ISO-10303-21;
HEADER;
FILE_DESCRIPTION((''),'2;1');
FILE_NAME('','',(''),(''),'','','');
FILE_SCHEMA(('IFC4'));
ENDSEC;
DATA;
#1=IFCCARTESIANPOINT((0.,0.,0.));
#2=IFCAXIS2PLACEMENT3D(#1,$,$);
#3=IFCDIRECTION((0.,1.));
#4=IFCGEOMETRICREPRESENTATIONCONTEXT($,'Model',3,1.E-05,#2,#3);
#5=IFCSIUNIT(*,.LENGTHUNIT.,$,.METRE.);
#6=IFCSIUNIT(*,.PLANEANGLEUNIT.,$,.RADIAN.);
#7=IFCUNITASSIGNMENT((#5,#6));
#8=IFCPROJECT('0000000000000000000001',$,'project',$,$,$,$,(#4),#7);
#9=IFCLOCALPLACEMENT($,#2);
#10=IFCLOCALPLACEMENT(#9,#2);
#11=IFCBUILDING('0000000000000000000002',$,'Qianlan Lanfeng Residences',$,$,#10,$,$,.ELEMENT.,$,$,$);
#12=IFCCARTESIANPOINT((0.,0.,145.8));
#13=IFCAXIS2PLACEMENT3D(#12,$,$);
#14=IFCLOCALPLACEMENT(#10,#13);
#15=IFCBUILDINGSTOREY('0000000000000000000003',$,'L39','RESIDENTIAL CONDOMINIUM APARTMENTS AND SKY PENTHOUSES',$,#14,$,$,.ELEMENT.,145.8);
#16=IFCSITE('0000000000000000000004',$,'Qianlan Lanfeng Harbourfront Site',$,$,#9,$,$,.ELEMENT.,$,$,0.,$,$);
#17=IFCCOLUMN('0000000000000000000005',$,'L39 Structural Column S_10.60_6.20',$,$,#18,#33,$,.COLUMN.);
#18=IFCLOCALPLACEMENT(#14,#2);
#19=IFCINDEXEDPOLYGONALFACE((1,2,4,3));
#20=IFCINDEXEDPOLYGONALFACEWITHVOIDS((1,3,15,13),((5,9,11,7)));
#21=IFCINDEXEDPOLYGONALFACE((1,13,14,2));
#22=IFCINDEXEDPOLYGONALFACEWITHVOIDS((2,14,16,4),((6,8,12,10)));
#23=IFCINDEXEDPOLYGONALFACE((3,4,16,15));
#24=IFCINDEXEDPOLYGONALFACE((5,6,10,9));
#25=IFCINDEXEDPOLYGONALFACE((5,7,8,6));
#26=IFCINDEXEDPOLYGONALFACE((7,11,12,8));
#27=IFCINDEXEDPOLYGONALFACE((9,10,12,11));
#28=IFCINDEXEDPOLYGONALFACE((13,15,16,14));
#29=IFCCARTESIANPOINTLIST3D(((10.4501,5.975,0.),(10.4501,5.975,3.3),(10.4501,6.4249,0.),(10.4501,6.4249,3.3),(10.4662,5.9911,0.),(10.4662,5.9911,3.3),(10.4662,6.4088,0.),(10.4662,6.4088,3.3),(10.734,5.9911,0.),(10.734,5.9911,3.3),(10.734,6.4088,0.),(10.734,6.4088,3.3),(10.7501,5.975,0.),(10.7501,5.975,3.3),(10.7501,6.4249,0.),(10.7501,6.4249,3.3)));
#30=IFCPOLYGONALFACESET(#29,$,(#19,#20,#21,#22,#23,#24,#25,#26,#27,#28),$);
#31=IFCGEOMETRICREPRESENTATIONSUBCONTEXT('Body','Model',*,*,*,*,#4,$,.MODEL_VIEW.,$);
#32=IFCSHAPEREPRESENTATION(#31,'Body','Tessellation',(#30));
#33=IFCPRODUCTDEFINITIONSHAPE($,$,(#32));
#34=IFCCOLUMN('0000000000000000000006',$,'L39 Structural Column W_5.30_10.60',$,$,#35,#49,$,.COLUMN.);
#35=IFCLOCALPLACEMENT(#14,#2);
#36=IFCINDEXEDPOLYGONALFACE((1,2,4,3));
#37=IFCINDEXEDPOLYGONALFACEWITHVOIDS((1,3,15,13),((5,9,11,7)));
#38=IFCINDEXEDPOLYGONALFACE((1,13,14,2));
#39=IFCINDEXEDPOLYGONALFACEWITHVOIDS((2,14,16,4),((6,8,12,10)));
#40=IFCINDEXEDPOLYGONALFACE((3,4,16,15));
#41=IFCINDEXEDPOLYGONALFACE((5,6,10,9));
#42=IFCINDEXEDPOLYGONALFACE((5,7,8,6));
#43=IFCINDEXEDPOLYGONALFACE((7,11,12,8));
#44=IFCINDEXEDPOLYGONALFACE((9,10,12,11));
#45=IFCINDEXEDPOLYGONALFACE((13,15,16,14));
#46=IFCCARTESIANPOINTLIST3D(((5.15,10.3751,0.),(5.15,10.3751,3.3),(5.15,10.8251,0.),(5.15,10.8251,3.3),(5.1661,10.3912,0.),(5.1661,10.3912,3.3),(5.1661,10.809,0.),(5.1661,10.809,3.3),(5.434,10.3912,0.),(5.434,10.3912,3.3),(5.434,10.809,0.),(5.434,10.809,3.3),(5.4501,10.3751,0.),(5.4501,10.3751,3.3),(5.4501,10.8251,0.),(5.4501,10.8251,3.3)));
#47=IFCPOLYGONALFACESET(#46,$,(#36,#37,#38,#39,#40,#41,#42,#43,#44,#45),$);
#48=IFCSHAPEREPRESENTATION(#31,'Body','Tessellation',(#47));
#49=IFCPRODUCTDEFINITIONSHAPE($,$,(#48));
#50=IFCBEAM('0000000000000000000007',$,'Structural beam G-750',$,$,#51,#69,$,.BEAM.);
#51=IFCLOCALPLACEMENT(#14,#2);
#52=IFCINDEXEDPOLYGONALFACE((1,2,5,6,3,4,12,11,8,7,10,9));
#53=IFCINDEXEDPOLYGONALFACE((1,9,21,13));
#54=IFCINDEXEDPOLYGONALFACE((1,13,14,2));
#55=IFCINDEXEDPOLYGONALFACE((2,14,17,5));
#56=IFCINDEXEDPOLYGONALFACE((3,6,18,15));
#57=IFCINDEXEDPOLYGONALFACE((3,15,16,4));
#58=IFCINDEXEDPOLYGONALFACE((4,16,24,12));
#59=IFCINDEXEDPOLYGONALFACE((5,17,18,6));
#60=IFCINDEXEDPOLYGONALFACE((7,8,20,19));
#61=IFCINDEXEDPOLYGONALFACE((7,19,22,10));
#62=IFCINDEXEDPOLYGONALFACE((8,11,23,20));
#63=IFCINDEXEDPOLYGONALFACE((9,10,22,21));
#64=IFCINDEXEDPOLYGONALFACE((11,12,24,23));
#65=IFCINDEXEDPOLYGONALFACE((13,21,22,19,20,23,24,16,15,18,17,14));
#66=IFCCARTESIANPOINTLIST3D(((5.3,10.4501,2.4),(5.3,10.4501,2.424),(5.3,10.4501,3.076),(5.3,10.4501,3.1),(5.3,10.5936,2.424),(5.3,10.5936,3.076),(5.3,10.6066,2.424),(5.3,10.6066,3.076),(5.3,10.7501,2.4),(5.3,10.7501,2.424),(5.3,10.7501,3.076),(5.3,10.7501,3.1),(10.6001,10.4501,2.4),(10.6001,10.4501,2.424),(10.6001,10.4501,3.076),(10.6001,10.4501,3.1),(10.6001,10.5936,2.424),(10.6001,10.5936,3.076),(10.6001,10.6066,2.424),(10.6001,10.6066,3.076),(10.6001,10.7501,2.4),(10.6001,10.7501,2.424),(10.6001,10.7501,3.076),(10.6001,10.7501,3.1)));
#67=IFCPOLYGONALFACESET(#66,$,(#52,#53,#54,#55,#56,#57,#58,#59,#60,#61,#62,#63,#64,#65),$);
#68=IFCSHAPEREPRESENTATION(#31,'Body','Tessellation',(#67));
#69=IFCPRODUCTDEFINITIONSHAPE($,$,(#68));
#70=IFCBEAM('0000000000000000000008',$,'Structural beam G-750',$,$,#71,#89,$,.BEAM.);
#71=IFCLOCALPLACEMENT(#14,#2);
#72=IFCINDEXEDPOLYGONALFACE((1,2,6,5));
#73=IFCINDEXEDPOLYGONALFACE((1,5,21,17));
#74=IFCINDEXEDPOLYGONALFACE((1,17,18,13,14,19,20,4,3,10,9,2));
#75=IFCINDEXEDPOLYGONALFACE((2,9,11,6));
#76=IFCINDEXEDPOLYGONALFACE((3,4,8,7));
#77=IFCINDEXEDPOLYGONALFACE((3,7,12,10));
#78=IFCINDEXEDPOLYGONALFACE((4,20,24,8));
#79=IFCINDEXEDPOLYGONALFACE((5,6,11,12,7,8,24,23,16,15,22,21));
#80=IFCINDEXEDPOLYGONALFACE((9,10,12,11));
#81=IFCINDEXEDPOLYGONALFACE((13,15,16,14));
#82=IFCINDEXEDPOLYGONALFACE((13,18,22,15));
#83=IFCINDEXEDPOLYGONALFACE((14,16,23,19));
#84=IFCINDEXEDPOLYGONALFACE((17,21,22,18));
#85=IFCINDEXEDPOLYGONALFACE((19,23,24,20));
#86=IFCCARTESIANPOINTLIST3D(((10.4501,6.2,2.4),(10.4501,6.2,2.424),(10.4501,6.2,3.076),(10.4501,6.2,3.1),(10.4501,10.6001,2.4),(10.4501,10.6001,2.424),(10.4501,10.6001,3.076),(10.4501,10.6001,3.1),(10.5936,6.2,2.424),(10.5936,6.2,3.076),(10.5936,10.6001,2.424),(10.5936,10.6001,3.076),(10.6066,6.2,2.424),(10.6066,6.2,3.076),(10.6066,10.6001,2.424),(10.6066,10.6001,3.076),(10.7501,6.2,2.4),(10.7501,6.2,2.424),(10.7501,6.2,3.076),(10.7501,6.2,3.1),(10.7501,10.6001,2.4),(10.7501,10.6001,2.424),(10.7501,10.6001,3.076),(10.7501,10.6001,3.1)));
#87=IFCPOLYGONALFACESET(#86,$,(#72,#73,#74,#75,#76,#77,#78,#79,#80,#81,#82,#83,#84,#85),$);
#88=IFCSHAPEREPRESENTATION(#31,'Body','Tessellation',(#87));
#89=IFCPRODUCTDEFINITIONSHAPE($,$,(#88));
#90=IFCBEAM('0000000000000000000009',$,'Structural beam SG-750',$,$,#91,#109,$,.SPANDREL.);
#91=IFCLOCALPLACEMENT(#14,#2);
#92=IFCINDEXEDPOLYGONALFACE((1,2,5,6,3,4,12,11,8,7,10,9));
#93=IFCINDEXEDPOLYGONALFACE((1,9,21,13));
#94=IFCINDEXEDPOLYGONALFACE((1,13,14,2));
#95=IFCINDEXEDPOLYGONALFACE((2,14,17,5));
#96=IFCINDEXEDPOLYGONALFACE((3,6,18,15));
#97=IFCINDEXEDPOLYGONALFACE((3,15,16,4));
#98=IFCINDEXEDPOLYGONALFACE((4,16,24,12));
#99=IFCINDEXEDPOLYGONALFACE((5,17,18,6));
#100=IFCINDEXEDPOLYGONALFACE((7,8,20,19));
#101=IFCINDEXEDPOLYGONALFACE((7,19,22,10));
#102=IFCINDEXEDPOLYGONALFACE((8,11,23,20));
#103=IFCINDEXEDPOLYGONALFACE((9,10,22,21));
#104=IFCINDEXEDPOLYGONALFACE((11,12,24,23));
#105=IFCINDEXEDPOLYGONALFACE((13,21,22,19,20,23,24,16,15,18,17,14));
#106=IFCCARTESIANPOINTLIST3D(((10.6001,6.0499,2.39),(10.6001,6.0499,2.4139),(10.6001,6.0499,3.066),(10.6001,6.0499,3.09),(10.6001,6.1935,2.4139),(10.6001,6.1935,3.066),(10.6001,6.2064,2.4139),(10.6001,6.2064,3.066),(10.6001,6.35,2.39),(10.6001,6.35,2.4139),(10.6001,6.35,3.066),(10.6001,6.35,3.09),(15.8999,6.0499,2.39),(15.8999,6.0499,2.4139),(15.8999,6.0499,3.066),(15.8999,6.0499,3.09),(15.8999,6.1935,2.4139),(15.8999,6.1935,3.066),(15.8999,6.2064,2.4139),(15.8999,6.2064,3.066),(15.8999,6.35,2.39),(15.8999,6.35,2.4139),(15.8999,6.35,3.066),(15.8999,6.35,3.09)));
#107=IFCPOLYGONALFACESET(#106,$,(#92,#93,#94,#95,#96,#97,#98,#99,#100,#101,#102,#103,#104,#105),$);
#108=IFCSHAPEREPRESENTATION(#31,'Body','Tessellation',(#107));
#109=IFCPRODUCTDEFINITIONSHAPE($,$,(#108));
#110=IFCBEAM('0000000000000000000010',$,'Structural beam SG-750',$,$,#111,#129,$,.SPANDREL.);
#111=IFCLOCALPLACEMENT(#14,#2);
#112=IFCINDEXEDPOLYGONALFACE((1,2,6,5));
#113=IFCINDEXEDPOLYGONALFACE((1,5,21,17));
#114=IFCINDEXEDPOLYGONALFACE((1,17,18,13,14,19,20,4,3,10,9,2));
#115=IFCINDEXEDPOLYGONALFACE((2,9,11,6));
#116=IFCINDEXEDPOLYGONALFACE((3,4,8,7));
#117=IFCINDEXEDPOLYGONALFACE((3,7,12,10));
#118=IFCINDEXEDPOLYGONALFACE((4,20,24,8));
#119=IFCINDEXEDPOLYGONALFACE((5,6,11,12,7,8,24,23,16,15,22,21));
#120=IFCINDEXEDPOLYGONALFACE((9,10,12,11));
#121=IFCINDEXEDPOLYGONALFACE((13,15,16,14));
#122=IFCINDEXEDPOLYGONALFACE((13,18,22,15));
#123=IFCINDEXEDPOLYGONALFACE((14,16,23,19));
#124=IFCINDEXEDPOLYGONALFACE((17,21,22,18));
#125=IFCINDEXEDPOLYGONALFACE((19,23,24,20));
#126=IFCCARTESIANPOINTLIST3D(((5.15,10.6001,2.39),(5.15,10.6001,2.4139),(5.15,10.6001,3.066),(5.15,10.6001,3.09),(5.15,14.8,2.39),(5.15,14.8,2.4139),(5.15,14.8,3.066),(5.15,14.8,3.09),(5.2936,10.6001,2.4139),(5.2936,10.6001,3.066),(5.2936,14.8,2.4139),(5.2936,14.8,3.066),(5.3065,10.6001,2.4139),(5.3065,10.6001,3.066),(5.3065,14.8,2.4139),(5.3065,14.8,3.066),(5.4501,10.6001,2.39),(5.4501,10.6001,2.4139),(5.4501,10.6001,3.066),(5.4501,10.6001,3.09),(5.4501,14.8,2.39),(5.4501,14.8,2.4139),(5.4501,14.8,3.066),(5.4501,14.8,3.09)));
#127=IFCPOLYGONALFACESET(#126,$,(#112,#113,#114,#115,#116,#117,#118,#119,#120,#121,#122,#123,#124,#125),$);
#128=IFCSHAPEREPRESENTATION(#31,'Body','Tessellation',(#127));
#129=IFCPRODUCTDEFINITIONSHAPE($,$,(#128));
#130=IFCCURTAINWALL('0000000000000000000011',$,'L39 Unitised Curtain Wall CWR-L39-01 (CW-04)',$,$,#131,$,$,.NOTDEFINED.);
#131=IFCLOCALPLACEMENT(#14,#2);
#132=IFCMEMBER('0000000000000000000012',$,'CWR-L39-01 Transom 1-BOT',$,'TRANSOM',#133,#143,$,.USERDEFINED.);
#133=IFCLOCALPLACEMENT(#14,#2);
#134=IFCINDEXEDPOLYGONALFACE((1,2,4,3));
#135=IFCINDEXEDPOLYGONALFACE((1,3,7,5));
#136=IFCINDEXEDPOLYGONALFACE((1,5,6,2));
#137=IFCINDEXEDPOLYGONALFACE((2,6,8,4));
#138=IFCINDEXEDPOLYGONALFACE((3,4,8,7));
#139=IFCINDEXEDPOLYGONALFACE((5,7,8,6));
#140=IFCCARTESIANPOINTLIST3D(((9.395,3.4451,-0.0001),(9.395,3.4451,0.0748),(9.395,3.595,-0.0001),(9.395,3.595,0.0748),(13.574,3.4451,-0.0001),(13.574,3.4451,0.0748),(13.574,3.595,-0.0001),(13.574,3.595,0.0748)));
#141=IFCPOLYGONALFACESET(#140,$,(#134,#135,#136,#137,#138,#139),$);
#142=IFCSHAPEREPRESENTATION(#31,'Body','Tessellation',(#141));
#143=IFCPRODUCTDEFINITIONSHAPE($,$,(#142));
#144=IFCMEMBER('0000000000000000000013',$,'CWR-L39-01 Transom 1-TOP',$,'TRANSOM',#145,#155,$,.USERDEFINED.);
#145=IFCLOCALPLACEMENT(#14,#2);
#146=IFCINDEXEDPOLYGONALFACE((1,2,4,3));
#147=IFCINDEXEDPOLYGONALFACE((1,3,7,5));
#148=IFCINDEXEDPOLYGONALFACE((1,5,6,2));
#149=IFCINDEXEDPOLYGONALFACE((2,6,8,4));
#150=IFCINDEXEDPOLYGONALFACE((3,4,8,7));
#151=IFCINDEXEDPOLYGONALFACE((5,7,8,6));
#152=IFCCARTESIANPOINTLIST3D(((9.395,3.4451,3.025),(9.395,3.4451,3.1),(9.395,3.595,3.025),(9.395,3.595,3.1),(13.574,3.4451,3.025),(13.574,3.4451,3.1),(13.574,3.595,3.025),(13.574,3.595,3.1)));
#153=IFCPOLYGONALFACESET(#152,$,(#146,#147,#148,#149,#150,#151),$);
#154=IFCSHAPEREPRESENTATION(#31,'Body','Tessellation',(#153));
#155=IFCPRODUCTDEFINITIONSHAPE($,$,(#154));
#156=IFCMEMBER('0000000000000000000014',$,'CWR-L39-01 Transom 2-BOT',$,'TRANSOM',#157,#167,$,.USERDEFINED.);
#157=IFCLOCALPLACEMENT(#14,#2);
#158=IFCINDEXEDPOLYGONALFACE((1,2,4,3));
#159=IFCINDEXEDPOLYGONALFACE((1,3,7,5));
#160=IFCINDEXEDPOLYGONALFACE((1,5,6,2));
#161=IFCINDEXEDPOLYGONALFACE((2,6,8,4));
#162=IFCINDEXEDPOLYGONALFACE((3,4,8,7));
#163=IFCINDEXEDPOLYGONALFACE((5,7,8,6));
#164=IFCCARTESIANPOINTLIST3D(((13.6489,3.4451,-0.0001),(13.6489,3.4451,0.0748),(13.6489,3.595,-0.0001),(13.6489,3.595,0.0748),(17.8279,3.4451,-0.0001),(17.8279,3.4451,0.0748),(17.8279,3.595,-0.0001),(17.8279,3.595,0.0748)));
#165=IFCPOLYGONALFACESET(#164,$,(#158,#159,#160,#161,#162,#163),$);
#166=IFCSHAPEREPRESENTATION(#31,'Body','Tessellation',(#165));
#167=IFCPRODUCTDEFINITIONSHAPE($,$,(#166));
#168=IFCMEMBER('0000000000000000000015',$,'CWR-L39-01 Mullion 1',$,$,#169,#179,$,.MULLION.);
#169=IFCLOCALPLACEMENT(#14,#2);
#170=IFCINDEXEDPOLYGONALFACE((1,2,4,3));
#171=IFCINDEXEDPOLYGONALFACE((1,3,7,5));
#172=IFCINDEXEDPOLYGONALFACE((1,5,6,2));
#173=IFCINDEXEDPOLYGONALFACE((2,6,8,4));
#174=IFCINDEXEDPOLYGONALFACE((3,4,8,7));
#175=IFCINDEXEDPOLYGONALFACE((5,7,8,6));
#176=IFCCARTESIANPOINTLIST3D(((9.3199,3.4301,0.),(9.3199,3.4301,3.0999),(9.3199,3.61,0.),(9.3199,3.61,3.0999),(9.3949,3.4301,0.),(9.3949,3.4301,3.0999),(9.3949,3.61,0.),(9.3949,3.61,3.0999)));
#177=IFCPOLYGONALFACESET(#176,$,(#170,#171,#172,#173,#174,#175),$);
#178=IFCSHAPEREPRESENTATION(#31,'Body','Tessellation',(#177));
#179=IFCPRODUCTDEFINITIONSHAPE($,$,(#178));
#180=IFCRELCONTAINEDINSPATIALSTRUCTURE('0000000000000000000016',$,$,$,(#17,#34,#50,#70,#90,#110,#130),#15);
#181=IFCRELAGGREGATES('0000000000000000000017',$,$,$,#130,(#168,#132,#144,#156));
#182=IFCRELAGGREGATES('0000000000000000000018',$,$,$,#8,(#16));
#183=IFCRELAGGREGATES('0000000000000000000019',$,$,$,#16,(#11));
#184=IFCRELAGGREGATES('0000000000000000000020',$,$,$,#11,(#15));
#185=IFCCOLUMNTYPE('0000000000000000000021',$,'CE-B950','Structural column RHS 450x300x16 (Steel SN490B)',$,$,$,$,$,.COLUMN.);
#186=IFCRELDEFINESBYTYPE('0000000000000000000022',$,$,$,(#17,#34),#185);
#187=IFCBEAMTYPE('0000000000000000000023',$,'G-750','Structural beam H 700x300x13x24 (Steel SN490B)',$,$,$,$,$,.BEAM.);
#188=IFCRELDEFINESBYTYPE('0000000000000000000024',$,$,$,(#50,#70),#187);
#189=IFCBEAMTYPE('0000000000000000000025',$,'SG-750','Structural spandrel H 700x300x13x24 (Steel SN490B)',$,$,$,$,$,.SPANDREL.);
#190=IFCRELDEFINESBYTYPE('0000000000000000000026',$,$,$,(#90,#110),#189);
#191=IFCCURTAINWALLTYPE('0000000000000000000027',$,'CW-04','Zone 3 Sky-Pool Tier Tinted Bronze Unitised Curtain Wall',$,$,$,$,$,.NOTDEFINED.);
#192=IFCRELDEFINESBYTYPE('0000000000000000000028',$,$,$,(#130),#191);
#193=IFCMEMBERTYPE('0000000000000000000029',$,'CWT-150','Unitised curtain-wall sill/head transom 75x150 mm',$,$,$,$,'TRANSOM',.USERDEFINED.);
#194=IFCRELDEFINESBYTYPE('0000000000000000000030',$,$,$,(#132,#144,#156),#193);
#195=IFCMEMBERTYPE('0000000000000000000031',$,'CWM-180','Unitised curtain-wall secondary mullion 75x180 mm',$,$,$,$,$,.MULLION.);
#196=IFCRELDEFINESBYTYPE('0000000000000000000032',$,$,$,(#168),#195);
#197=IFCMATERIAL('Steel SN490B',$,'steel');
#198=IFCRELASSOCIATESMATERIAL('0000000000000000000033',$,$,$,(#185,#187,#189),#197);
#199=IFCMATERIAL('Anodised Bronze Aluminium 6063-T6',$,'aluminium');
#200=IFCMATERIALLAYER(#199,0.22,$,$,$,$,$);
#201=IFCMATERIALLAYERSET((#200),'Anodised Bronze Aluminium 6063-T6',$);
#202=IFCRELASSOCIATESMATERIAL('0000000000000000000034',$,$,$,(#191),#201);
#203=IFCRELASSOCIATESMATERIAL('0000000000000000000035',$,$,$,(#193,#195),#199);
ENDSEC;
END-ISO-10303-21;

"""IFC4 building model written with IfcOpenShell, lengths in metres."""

from ifc_helpers import new_model, si_unit, direction, frame, origin, origin_2d, place, context, subcontext, project, spatial, rectangle, hollow_rectangle, i_section, extrude, source, transform, mapped, material, layer, layer_set, material_profile, profile_set, type_object, element, aggregate, save


model = new_model("IFC4")

# Units and contexts
model_context = context("Model", 3, precision=1e-05, world=origin(), true_north=direction((0.0, 1.0)))
body_context = subcontext(model_context, "Body", "Model", "MODEL_VIEW")
ifc_project = project(units=[si_unit("LENGTHUNIT", "METRE"), si_unit("PLANEANGLEUNIT", "RADIAN")], contexts=[model_context])

# Site, building, storey
site_placement = place(None, origin())
site = spatial("IfcSite", under=ifc_project, at=site_placement, Name="Qianlan Lanfeng Harbourfront Site", CompositionType="ELEMENT", RefElevation=0.0)
building_placement = place(site_placement, origin())
building = spatial("IfcBuilding", under=site, at=building_placement, Name="Qianlan Lanfeng Residences", CompositionType="ELEMENT")
storey_placement = place(building_placement, frame((0.0, 0.0, 145.8)))
storey = spatial("IfcBuildingStorey", under=building, at=storey_placement, Name="L39", Description="RESIDENTIAL CONDOMINIUM APARTMENTS AND SKY PENTHOUSES", CompositionType="ELEMENT", Elevation=145.8)

# Columns
ifc_material_1 = material(Name="Steel SN490B", Category="steel")
ifc_material_profile_1 = material_profile(ifc_material_1, hollow_rectangle(XDim=0.3, YDim=0.45, WallThickness=0.0161, at=origin_2d()), Name="RHS 450x300x16")
ifc_profile_set_1 = profile_set([ifc_material_profile_1], Name="Steel SN490B")
column_type = type_object("IfcColumnType", Name="CE-B950", Description="Structural column RHS 450x300x16 (Steel SN490B)", PredefinedType="COLUMN", material=ifc_profile_set_1)
for number, where, z_axis, x_axis, name in (
    (1, (10.6001, 6.2, 0.0), (0.0, 0.0, 1.0), (1.0, 0.0, 0.0), "L39 Structural Column S_10.60_6.20"),
    (2, (5.3, 10.6001, 0.0), (0.0, 0.0, 1.0), (1.0, 0.0, 0.0), "L39 Structural Column W_5.30_10.60"),
):
    element("IfcColumn", number, at=place(storey_placement, frame(where, z_axis=z_axis, x_axis=x_axis)), inside=storey, type_object=column_type, Name=name, PredefinedType="COLUMN", context=body_context, shape_type="SweptSolid", body=[
        extrude(hollow_rectangle(XDim=0.3, YDim=0.45, WallThickness=0.0161, at=origin_2d()), origin(), (0.0, 0.0, 1.0), 3.3),
    ])

# Beams
ifc_material_profile_2 = material_profile(ifc_material_1, i_section(OverallWidth=0.3, OverallDepth=0.7, WebThickness=0.0129, FlangeThickness=0.0239, at=origin_2d()), Name="H 700x300x13x24")
ifc_profile_set_2 = profile_set([ifc_material_profile_2], Name="Steel SN490B")
beam_type_1 = type_object("IfcBeamType", Name="G-750", Description="Structural beam H 700x300x13x24 (Steel SN490B)", PredefinedType="BEAM", material=ifc_profile_set_2)
beam_1_placement = place(storey_placement, frame((5.3, 10.6001, 2.75), z_axis=(1.0, 0.0, 0.0), x_axis=(0.0, 1.0, 0.0)))
element("IfcBeam", 3, at=beam_1_placement, inside=storey, type_object=beam_type_1, Name="Structural beam G-750", PredefinedType="BEAM", context=body_context, shape_type="SweptSolid", body=[
    extrude(i_section(OverallWidth=0.3, OverallDepth=0.7, WebThickness=0.0129, FlangeThickness=0.0239, at=origin_2d()), origin(), (0.0, 0.0, 1.0), 5.3),
])
beam_2_placement = place(storey_placement, frame((10.6001, 6.2, 2.75), z_axis=(0.0, 1.0, 0.0), x_axis=(-1.0, 0.0, 0.0)))
element("IfcBeam", 4, at=beam_2_placement, inside=storey, type_object=beam_type_1, Name="Structural beam G-750", PredefinedType="BEAM", context=body_context, shape_type="SweptSolid", body=[
    extrude(i_section(OverallWidth=0.3, OverallDepth=0.7, WebThickness=0.0129, FlangeThickness=0.0239, at=origin_2d()), origin(), (0.0, 0.0, 1.0), 4.4001),
])
ifc_material_profile_3 = material_profile(ifc_material_1, i_section(OverallWidth=0.3, OverallDepth=0.7, WebThickness=0.0129, FlangeThickness=0.0239, at=origin_2d()), Name="H 700x300x13x24")
ifc_profile_set_3 = profile_set([ifc_material_profile_3], Name="Steel SN490B")
beam_type_2 = type_object("IfcBeamType", Name="SG-750", Description="Structural spandrel H 700x300x13x24 (Steel SN490B)", PredefinedType="SPANDREL", material=ifc_profile_set_3)
beam_3_placement = place(storey_placement, frame((10.6001, 6.2, 2.74), z_axis=(1.0, 0.0, 0.0), x_axis=(0.0, 1.0, 0.0)))
element("IfcBeam", 5, at=beam_3_placement, inside=storey, type_object=beam_type_2, Name="Structural beam SG-750", PredefinedType="SPANDREL", context=body_context, shape_type="SweptSolid", body=[
    extrude(i_section(OverallWidth=0.3, OverallDepth=0.7, WebThickness=0.0129, FlangeThickness=0.0239, at=origin_2d()), origin(), (0.0, 0.0, 1.0), 5.2998),
])
beam_4_placement = place(storey_placement, frame((5.3, 10.6001, 2.74), z_axis=(0.0, 1.0, 0.0), x_axis=(-1.0, 0.0, 0.0)))
element("IfcBeam", 6, at=beam_4_placement, inside=storey, type_object=beam_type_2, Name="Structural beam SG-750", PredefinedType="SPANDREL", context=body_context, shape_type="SweptSolid", body=[
    extrude(i_section(OverallWidth=0.3, OverallDepth=0.7, WebThickness=0.0129, FlangeThickness=0.0239, at=origin_2d()), origin(), (0.0, 0.0, 1.0), 4.2),
])

# Curtain wall, members
ifc_material_2 = material(Name="Anodised Bronze Aluminium 6063-T6", Category="aluminium")
ifc_layer_1 = layer(ifc_material_2, 0.22)
ifc_layer_set_1 = layer_set([ifc_layer_1], Name="Anodised Bronze Aluminium 6063-T6")
curtain_wall_type = type_object("IfcCurtainWallType", Name="CW-04", Description="Zone 3 Sky-Pool Tier Tinted Bronze Unitised Curtain Wall", PredefinedType="NOTDEFINED", material=ifc_layer_set_1)
curtain_wall_placement = place(storey_placement, origin())
curtain_wall = element("IfcCurtainWall", 7, at=curtain_wall_placement, inside=storey, type_object=curtain_wall_type, Name="L39 Unitised Curtain Wall CWR-L39-01 (CW-04)", PredefinedType="NOTDEFINED")
ifc_material_profile_4 = material_profile(ifc_material_2, rectangle(XDim=0.075, YDim=0.1499, at=origin_2d()), Name="ALU TRANSOM 75x150")
ifc_profile_set_4 = profile_set([ifc_material_profile_4], Name="Anodised Bronze Aluminium 6063-T6")
member_type_1 = type_object("IfcMemberType", Name="CWT-150", Description="Unitised curtain-wall sill/head transom 75x150 mm", ElementType="TRANSOM", PredefinedType="USERDEFINED", material=ifc_profile_set_4)
shared_shape_1 = source(origin(), body_context, "Body", "SweptSolid", [
    extrude(rectangle(XDim=0.075, YDim=0.1499, at=origin_2d()), origin(), (0.0, 0.0, 1.0), 4.179),
])
member_1_placement = place(storey_placement, frame((9.395, 3.52, 0.0374), z_axis=(1.0, 0.0, 0.0), x_axis=(0.0, 0.0, 1.0)))
member_1 = element("IfcMember", 8, at=member_1_placement, type_object=member_type_1, Name="CWR-L39-01 Transom 1-BOT", ObjectType="TRANSOM", PredefinedType="USERDEFINED", context=body_context, shape_type="MappedRepresentation", body=[
    mapped(shared_shape_1, transform((0.0, 0.0, 0.0), scale=1.0)),
])
member_2_placement = place(storey_placement, frame((9.395, 3.52, 3.0625), z_axis=(1.0, 0.0, 0.0), x_axis=(0.0, 0.0, 1.0)))
member_2 = element("IfcMember", 9, at=member_2_placement, type_object=member_type_1, Name="CWR-L39-01 Transom 1-TOP", ObjectType="TRANSOM", PredefinedType="USERDEFINED", context=body_context, shape_type="MappedRepresentation", body=[
    mapped(shared_shape_1, transform((0.0, 0.0, 0.0), scale=1.0)),
])
member_3_placement = place(storey_placement, frame((13.6489, 3.52, 0.0374), z_axis=(1.0, 0.0, 0.0), x_axis=(0.0, 0.0, 1.0)))
member_3 = element("IfcMember", 10, at=member_3_placement, type_object=member_type_1, Name="CWR-L39-01 Transom 2-BOT", ObjectType="TRANSOM", PredefinedType="USERDEFINED", context=body_context, shape_type="MappedRepresentation", body=[
    mapped(shared_shape_1, transform((0.0, 0.0, 0.0), scale=1.0)),
])
ifc_material_profile_5 = material_profile(ifc_material_2, rectangle(XDim=0.075, YDim=0.1799, at=origin_2d()), Name="ALU MULLION 75x180")
ifc_profile_set_5 = profile_set([ifc_material_profile_5], Name="Anodised Bronze Aluminium 6063-T6")
member_type_2 = type_object("IfcMemberType", Name="CWM-180", Description="Unitised curtain-wall secondary mullion 75x180 mm", PredefinedType="MULLION", material=ifc_profile_set_5)
shared_shape_2 = source(origin(), body_context, "Body", "SweptSolid", [
    extrude(rectangle(XDim=0.075, YDim=0.1799, at=origin_2d()), origin(), (0.0, 0.0, 1.0), 3.0999),
])
member_4_placement = place(storey_placement, frame((9.3574, 3.52, 0.0), z_axis=(0.0, 0.0, 1.0), x_axis=(1.0, 0.0, 0.0)))
member_4 = element("IfcMember", 11, at=member_4_placement, type_object=member_type_2, Name="CWR-L39-01 Mullion 1", PredefinedType="MULLION", context=body_context, shape_type="MappedRepresentation", body=[
    mapped(shared_shape_2, transform((0.0, 0.0, 0.0), scale=1.0)),
])
aggregate(curtain_wall, [member_4, member_1, member_2, member_3])

save(model, "model.ifc")
